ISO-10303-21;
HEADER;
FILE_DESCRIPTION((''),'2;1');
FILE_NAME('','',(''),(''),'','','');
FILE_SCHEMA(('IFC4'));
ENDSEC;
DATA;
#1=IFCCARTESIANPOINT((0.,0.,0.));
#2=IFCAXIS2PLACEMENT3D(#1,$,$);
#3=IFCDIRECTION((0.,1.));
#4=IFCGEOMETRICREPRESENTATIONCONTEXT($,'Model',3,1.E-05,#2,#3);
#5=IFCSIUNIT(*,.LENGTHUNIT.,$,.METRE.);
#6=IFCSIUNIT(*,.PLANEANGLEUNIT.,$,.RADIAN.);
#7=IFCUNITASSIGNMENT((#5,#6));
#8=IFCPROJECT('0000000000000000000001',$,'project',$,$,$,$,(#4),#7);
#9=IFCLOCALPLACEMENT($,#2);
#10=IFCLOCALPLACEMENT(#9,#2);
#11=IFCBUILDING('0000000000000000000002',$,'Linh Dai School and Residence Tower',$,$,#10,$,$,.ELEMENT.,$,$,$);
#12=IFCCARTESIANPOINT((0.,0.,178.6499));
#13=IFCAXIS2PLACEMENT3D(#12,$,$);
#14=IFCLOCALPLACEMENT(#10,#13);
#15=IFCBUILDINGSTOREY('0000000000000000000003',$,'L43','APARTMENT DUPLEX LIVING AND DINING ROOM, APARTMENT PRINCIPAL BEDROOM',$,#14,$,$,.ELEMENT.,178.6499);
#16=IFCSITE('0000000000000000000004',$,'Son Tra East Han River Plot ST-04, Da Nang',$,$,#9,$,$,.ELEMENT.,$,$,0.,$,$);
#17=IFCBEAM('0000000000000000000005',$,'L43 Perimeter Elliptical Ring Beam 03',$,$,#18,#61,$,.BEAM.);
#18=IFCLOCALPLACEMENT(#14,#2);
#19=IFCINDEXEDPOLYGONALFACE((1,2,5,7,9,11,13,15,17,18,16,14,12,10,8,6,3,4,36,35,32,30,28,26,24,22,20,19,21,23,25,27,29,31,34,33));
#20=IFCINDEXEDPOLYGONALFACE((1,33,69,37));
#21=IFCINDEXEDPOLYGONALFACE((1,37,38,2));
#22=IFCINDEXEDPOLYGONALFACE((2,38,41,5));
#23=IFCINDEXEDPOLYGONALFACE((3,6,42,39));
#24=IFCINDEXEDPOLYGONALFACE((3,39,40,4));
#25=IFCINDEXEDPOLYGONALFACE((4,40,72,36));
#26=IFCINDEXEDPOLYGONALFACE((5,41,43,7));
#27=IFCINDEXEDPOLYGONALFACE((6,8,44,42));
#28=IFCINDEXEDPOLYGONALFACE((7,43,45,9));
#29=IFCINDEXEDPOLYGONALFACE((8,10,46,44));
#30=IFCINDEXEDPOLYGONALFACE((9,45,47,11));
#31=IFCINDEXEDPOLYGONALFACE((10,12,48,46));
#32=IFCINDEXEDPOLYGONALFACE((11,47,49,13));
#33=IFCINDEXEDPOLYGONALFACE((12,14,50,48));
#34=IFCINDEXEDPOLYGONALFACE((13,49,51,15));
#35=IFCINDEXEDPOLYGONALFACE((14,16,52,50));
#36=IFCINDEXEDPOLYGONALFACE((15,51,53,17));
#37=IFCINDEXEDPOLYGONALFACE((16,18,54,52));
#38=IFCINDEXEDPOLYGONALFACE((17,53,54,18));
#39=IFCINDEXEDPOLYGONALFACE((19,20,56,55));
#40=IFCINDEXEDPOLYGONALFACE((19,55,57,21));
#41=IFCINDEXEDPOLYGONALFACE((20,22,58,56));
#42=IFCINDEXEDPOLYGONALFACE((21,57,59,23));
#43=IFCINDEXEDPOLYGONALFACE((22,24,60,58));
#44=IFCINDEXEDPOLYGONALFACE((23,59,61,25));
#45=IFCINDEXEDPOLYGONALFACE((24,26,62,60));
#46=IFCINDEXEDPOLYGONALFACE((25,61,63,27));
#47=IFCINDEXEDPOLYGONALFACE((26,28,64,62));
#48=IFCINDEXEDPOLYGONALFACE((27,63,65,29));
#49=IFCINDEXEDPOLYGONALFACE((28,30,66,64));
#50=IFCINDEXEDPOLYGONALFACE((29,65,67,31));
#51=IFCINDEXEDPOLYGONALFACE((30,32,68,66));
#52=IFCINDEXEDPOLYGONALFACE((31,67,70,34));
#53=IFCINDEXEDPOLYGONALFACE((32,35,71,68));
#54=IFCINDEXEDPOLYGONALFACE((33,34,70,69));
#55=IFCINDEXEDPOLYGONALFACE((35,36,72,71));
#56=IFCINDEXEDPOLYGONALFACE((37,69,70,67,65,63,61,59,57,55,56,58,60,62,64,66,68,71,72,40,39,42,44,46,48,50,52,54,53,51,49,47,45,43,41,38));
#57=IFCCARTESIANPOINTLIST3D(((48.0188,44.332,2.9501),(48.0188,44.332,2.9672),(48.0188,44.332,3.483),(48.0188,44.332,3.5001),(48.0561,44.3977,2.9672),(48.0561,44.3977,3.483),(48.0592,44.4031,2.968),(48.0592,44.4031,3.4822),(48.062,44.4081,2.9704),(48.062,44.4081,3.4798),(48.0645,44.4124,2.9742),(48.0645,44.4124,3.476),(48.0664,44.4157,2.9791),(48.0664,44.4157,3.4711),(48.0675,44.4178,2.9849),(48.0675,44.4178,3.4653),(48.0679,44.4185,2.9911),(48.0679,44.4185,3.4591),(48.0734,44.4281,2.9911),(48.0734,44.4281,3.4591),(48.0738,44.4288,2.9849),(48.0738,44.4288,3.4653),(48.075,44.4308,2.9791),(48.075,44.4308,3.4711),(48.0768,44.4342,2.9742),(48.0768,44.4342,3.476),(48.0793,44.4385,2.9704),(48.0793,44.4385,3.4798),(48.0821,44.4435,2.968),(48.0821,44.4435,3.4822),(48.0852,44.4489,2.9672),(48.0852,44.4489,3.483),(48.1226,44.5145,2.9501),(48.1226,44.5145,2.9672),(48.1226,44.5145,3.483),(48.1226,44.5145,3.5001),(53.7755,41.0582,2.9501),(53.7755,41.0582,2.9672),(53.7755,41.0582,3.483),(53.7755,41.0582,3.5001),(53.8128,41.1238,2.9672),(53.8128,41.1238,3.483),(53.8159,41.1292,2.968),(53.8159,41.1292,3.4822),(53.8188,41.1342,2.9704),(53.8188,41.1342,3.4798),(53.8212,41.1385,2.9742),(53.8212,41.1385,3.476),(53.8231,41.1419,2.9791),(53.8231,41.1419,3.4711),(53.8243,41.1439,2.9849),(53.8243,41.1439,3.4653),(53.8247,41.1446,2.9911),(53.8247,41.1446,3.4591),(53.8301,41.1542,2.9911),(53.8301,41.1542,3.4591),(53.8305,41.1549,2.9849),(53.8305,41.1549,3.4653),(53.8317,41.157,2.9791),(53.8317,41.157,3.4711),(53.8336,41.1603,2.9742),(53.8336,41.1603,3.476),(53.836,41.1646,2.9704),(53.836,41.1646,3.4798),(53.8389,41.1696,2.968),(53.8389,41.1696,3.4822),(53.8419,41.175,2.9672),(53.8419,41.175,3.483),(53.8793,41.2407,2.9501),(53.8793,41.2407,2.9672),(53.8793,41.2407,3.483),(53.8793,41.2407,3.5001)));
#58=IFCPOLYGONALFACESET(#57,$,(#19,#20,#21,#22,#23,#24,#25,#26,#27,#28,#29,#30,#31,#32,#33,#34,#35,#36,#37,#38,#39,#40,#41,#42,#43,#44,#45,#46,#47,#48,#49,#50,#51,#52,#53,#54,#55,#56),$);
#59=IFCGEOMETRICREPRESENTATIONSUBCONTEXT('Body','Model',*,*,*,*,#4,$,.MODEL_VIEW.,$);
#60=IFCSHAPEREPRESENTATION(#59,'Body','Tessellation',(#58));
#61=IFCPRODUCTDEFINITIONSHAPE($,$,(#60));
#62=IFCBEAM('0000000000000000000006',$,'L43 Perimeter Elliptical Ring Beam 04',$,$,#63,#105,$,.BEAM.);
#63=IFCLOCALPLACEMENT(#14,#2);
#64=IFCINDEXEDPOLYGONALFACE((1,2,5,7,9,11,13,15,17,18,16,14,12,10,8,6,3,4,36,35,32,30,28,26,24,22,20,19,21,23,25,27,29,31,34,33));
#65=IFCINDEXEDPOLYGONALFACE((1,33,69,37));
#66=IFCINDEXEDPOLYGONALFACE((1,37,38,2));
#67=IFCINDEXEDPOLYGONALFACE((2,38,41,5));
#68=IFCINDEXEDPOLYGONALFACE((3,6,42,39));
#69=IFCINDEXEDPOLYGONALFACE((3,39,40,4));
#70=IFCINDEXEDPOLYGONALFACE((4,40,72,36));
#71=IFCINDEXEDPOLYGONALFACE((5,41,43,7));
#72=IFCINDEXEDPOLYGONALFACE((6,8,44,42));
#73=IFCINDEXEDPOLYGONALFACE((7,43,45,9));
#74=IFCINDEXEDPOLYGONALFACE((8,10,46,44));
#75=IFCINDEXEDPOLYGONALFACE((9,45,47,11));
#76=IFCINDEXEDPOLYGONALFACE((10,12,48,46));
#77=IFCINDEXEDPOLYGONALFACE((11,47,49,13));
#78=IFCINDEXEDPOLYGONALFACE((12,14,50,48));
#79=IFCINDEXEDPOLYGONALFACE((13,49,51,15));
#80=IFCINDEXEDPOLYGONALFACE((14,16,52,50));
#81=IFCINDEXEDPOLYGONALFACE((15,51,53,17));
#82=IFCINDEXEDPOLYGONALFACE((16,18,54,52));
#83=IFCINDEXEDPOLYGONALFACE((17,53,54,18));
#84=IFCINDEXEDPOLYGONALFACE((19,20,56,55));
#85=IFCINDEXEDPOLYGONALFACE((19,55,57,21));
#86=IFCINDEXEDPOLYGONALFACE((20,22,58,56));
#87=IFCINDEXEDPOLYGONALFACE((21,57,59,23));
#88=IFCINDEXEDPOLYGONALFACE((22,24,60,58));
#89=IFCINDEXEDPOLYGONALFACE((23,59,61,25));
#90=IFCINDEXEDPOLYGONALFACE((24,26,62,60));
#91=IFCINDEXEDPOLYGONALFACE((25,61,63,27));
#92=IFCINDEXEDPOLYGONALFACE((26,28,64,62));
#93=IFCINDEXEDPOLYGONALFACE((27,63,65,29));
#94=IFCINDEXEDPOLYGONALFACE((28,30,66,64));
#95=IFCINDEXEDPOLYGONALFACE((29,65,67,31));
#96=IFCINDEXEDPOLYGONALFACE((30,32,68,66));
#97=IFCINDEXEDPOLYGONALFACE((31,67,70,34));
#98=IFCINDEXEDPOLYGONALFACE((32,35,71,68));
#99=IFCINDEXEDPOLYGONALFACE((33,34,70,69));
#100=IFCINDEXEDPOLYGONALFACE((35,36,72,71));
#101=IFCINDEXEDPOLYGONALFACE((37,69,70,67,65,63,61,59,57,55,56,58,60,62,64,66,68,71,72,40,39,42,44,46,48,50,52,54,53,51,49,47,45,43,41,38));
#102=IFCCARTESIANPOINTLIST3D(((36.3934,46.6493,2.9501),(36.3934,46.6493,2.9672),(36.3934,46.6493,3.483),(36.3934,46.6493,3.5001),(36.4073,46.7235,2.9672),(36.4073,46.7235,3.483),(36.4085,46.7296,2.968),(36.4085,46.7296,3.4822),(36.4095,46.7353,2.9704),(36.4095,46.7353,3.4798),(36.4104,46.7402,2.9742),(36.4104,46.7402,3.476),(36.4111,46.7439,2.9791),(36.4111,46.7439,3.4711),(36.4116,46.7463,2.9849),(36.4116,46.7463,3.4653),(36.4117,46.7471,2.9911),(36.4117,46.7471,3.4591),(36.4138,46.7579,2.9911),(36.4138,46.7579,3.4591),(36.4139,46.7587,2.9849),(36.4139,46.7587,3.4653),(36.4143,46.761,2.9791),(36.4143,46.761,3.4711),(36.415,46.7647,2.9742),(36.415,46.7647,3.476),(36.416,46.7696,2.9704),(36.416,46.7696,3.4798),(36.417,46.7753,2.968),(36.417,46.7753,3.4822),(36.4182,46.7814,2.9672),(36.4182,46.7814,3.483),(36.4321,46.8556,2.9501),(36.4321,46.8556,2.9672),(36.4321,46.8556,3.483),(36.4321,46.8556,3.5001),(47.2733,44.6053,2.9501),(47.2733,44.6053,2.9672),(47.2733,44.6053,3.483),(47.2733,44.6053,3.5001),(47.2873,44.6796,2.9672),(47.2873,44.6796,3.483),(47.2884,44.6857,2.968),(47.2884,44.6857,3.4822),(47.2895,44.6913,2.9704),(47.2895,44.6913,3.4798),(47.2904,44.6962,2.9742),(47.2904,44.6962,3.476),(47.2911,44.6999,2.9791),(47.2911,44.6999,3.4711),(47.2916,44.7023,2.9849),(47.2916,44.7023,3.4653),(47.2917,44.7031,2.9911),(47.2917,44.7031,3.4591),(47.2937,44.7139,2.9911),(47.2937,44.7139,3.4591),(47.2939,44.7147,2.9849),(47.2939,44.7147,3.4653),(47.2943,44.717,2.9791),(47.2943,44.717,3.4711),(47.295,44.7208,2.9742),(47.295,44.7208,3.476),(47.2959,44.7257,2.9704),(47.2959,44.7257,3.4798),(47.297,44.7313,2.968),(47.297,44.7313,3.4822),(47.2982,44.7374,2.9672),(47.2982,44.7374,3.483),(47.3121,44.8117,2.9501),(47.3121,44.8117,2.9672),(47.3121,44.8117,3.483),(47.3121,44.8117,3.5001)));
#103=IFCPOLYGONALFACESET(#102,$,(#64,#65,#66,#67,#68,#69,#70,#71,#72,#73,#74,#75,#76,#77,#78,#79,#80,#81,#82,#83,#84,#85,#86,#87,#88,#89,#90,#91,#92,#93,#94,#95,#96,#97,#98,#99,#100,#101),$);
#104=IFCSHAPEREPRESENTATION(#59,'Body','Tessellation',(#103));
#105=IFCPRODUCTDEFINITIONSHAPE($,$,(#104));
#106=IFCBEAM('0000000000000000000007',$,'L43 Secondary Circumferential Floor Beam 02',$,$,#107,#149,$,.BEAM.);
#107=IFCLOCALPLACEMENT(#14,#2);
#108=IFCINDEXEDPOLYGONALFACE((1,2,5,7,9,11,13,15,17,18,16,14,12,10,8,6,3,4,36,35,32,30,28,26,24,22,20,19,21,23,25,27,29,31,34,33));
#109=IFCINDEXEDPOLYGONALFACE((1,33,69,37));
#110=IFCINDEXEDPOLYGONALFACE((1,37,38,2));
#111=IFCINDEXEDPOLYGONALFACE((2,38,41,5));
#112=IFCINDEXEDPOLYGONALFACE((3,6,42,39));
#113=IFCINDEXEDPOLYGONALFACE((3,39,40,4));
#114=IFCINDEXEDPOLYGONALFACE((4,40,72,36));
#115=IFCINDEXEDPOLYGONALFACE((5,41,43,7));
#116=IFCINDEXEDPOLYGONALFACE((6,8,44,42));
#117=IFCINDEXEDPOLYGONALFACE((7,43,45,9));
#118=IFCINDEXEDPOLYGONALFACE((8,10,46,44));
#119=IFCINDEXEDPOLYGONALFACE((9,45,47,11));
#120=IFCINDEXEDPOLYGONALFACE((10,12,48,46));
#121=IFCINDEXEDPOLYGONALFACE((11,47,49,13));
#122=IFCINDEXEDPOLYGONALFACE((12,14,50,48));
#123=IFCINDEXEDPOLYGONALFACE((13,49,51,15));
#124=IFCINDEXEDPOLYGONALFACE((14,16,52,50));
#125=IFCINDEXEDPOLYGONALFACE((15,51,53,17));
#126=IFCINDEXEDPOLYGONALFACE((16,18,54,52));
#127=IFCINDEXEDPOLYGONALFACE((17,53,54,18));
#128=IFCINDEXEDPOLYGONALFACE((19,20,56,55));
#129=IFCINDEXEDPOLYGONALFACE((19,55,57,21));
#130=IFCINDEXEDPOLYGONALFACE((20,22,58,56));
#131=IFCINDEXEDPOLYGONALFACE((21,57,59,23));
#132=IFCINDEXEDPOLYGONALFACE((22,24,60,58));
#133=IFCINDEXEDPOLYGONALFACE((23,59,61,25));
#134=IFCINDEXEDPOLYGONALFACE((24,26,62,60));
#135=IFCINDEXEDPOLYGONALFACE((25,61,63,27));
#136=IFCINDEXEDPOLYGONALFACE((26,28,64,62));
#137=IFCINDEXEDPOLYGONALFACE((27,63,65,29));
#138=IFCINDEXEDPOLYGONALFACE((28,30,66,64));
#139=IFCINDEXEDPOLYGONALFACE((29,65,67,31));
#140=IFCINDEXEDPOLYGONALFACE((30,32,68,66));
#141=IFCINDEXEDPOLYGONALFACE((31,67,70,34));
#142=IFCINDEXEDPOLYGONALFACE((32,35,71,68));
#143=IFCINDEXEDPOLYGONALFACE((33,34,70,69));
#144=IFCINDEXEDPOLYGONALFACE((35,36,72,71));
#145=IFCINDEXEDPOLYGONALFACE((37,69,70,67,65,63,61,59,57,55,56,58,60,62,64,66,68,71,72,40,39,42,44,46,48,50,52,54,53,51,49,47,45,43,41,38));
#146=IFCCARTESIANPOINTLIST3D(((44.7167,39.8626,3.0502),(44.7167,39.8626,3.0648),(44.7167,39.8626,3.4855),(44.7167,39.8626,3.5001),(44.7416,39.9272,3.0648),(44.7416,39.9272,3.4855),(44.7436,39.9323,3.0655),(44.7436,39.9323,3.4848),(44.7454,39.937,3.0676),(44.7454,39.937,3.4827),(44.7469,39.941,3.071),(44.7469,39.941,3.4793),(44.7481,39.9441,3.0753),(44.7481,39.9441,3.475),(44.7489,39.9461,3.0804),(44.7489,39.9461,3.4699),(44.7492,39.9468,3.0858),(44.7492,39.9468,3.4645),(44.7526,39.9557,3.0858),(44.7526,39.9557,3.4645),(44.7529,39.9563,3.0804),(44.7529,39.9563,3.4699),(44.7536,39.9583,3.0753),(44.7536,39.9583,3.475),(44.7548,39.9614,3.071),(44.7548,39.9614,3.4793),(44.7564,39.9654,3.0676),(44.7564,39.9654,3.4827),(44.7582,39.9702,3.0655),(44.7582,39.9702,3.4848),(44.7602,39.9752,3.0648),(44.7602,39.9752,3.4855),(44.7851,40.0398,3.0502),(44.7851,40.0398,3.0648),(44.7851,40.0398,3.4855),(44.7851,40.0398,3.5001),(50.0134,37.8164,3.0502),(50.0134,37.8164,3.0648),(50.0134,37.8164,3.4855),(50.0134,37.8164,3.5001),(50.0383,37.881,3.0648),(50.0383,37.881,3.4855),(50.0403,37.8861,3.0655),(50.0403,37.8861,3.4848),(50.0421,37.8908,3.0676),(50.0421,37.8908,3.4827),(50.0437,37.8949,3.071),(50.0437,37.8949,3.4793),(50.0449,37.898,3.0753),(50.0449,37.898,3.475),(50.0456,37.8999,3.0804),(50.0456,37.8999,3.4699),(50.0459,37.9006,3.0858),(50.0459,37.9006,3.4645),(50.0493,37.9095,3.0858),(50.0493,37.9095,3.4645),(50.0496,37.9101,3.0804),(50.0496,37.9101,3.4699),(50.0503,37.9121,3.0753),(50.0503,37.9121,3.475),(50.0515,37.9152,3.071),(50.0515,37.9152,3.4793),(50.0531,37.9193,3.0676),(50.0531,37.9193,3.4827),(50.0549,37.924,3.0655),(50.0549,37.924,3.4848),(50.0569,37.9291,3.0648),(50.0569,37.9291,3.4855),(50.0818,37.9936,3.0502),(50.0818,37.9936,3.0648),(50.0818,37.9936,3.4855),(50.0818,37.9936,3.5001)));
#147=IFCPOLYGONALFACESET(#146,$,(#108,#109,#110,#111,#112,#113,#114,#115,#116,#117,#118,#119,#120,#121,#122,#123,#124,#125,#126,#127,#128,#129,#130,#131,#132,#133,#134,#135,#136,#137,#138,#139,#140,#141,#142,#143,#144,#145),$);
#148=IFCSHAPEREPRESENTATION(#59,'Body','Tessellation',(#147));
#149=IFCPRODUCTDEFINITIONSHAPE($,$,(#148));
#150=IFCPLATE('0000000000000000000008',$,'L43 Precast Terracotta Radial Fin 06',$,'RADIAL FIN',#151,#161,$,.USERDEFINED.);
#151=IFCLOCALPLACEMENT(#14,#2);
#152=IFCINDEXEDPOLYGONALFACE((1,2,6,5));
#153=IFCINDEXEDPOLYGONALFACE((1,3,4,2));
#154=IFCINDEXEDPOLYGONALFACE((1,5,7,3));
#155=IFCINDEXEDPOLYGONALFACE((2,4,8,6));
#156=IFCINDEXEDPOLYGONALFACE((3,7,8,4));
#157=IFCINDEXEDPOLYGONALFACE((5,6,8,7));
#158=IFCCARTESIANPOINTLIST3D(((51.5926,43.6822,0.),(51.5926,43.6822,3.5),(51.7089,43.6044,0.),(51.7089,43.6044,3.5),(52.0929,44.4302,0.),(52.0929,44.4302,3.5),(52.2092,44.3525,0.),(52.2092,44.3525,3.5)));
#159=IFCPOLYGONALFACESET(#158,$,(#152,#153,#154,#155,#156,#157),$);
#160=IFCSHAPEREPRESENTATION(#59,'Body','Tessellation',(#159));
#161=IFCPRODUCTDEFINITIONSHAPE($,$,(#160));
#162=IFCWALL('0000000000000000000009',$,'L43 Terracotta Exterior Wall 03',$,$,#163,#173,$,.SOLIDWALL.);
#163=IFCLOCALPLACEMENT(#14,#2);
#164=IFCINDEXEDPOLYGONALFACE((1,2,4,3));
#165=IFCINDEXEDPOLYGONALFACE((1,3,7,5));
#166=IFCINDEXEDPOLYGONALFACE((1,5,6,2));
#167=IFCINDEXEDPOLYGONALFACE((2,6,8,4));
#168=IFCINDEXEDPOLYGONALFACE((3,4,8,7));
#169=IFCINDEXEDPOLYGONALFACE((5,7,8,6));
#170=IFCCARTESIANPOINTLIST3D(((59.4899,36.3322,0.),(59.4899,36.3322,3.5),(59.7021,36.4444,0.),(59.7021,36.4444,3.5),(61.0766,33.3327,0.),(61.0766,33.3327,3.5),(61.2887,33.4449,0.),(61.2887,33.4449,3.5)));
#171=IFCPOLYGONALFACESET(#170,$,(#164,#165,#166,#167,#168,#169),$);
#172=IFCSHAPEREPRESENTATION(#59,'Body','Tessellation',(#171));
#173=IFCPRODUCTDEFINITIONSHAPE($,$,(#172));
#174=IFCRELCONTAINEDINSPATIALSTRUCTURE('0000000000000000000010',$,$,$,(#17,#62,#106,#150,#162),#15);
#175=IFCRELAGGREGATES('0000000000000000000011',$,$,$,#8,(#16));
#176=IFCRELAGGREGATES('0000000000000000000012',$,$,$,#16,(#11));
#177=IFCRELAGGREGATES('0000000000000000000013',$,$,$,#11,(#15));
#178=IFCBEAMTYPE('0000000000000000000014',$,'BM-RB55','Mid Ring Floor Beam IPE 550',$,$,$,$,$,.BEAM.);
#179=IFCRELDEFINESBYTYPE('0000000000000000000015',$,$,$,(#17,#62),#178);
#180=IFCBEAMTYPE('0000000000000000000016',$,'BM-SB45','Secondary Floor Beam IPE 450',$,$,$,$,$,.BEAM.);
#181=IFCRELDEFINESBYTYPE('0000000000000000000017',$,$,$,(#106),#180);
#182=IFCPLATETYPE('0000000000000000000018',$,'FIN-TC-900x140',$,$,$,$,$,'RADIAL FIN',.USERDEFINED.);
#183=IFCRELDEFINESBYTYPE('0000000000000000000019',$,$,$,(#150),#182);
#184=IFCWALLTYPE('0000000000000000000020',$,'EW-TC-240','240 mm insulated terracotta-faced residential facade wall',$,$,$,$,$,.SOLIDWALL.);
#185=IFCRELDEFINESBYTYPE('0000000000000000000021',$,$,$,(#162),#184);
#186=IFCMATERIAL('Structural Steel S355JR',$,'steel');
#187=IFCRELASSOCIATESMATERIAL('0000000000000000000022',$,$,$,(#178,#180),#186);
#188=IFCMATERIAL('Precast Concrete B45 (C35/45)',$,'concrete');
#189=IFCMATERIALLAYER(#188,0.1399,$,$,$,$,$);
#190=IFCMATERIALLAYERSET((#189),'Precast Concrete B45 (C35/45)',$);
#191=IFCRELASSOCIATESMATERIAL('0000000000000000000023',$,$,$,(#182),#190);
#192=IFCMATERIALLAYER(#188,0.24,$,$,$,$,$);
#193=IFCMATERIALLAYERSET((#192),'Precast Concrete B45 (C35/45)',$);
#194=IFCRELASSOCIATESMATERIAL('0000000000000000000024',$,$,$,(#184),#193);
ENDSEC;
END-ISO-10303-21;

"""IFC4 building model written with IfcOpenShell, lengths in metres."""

from ifc_helpers import new_model, si_unit, direction, frame, frame_2d, origin, origin_2d, place, context, subcontext, project, spatial, rectangle, i_section, extrude, source, transform, mapped, material, layer, layer_set, material_profile, profile_set, type_object, element, save


model = new_model("IFC4")

# Units and contexts
model_context = context("Model", 3, precision=1e-05, world=origin(), true_north=direction((0.0, 1.0)))
body_context = subcontext(model_context, "Body", "Model", "MODEL_VIEW")
ifc_project = project(units=[si_unit("LENGTHUNIT", "METRE"), si_unit("PLANEANGLEUNIT", "RADIAN")], contexts=[model_context])

# Site, building, storey
site_placement = place(None, origin())
site = spatial("IfcSite", under=ifc_project, at=site_placement, Name="Son Tra East Han River Plot ST-04, Da Nang", CompositionType="ELEMENT", RefElevation=0.0)
building_placement = place(site_placement, origin())
building = spatial("IfcBuilding", under=site, at=building_placement, Name="Linh Dai School and Residence Tower", CompositionType="ELEMENT")
storey_placement = place(building_placement, frame((0.0, 0.0, 178.6499)))
storey = spatial("IfcBuildingStorey", under=building, at=storey_placement, Name="L43", Description="APARTMENT DUPLEX LIVING AND DINING ROOM, APARTMENT PRINCIPAL BEDROOM", CompositionType="ELEMENT", Elevation=178.6499)

# Shared definitions
ifc_material_1 = material(Name="Structural Steel S355JR", Category="steel")

# Beams
ifc_material_profile_1 = material_profile(ifc_material_1, i_section(OverallWidth=0.21, OverallDepth=0.55, WebThickness=0.011, FlangeThickness=0.0171, FilletRadius=0.0239, at=origin_2d()), Name="IPE 550")
ifc_profile_set_1 = profile_set([ifc_material_profile_1], Name="Structural Steel S355JR")
beam_type_1 = type_object("IfcBeamType", Name="BM-RB55", Description="Mid Ring Floor Beam IPE 550", PredefinedType="BEAM", material=ifc_profile_set_1)
beam_1_placement = place(storey_placement, frame((53.8274, 41.1494, 3.2251), z_axis=(-0.869262, 0.494351, 0.0), x_axis=(-0.494351, -0.869262, 0.0)))
element("IfcBeam", 1, at=beam_1_placement, inside=storey, type_object=beam_type_1, Name="L43 Perimeter Elliptical Ring Beam 03", PredefinedType="BEAM", context=body_context, shape_type="SweptSolid", body=[
    extrude(i_section(OverallWidth=0.21, OverallDepth=0.55, WebThickness=0.011, FlangeThickness=0.0171, FilletRadius=0.0239, at=origin_2d()), origin(), (0.0, 0.0, 1.0), 6.6226),
])
beam_2_placement = place(storey_placement, frame((47.2927, 44.7085, 3.2251), z_axis=(-0.982807, 0.184635, 0.0), x_axis=(-0.184635, -0.982807, 0.0)))
element("IfcBeam", 2, at=beam_2_placement, inside=storey, type_object=beam_type_1, Name="L43 Perimeter Elliptical Ring Beam 04", PredefinedType="BEAM", context=body_context, shape_type="SweptSolid", body=[
    extrude(i_section(OverallWidth=0.21, OverallDepth=0.55, WebThickness=0.011, FlangeThickness=0.0171, FilletRadius=0.0239, at=origin_2d()), origin(), (0.0, 0.0, 1.0), 11.0703),
])
ifc_material_profile_2 = material_profile(ifc_material_1, i_section(OverallWidth=0.1899, OverallDepth=0.45, WebThickness=0.0095, FlangeThickness=0.0146, FilletRadius=0.021, at=origin_2d()), Name="IPE 450")
ifc_profile_set_2 = profile_set([ifc_material_profile_2], Name="Structural Steel S355JR")
beam_type_2 = type_object("IfcBeamType", Name="BM-SB45", Description="Secondary Floor Beam IPE 450", PredefinedType="BEAM", material=ifc_profile_set_2)
beam_3_placement = place(storey_placement, frame((50.0476, 37.905, 3.2751), z_axis=(-0.932815, 0.360356, 0.0), x_axis=(-0.360356, -0.932815, 0.0)))
element("IfcBeam", 3, at=beam_3_placement, inside=storey, type_object=beam_type_2, Name="L43 Secondary Circumferential Floor Beam 02", PredefinedType="BEAM", context=body_context, shape_type="SweptSolid", body=[
    extrude(i_section(OverallWidth=0.1899, OverallDepth=0.45, WebThickness=0.0095, FlangeThickness=0.0146, FilletRadius=0.021, at=origin_2d()), origin(), (0.0, 0.0, 1.0), 5.6782),
])

# Plate
ifc_material_2 = material(Name="Precast Concrete B45 (C35/45)", Category="concrete")
ifc_layer_1 = layer(ifc_material_2, 0.1399)
ifc_layer_set_1 = layer_set([ifc_layer_1], Name="Precast Concrete B45 (C35/45)")
plate_type = type_object("IfcPlateType", Name="FIN-TC-900x140", ElementType="RADIAL FIN", PredefinedType="USERDEFINED", material=ifc_layer_set_1)
shared_shape_1 = source(origin(), body_context, "Body", "SweptSolid", [
    extrude(rectangle(XDim=0.8999, YDim=0.1399, at=origin_2d()), origin(), (0.0, 0.0, 1.0), 3.5),
])
plate_placement = place(storey_placement, frame((51.9009, 44.0173, 0.0), z_axis=(0.0, 0.0, 1.0), x_axis=(0.555931, 0.831228, 0.0)))
element("IfcPlate", 4, at=plate_placement, inside=storey, type_object=plate_type, Name="L43 Precast Terracotta Radial Fin 06", ObjectType="RADIAL FIN", PredefinedType="USERDEFINED", context=body_context, shape_type="MappedRepresentation", body=[
    mapped(shared_shape_1, transform((0.0, 0.0, 0.0), x_axis=(1.0, 0.0, 0.0), y_axis=(0.0, 1.0, 0.0), z_axis=(0.0, 0.0, 1.0), scale=1.0)),
])

# Wall
ifc_layer_2 = layer(ifc_material_2, 0.24)
ifc_layer_set_2 = layer_set([ifc_layer_2], Name="Precast Concrete B45 (C35/45)")
wall_type_1 = type_object("IfcWallType", Name="EW-TC-240", Description="240 mm insulated terracotta-faced residential facade wall", PredefinedType="SOLIDWALL", material=ifc_layer_set_2)
wall_1_placement = place(storey_placement, frame((59.5959, 36.3884, 0.0), z_axis=(0.0, 0.0, 1.0), x_axis=(0.467587, -0.883947, 0.0)))
element("IfcWall", 5, at=wall_1_placement, inside=storey, type_object=wall_type_1, Name="L43 Terracotta Exterior Wall 03", PredefinedType="SOLIDWALL", context=body_context, shape_type="SweptSolid", body=[
    extrude(rectangle(XDim=3.3933, YDim=0.24, at=frame_2d((1.6968, 0.0))), origin(), (0.0, 0.0, 1.0), 3.5),
])

save(model, "model.ifc")
